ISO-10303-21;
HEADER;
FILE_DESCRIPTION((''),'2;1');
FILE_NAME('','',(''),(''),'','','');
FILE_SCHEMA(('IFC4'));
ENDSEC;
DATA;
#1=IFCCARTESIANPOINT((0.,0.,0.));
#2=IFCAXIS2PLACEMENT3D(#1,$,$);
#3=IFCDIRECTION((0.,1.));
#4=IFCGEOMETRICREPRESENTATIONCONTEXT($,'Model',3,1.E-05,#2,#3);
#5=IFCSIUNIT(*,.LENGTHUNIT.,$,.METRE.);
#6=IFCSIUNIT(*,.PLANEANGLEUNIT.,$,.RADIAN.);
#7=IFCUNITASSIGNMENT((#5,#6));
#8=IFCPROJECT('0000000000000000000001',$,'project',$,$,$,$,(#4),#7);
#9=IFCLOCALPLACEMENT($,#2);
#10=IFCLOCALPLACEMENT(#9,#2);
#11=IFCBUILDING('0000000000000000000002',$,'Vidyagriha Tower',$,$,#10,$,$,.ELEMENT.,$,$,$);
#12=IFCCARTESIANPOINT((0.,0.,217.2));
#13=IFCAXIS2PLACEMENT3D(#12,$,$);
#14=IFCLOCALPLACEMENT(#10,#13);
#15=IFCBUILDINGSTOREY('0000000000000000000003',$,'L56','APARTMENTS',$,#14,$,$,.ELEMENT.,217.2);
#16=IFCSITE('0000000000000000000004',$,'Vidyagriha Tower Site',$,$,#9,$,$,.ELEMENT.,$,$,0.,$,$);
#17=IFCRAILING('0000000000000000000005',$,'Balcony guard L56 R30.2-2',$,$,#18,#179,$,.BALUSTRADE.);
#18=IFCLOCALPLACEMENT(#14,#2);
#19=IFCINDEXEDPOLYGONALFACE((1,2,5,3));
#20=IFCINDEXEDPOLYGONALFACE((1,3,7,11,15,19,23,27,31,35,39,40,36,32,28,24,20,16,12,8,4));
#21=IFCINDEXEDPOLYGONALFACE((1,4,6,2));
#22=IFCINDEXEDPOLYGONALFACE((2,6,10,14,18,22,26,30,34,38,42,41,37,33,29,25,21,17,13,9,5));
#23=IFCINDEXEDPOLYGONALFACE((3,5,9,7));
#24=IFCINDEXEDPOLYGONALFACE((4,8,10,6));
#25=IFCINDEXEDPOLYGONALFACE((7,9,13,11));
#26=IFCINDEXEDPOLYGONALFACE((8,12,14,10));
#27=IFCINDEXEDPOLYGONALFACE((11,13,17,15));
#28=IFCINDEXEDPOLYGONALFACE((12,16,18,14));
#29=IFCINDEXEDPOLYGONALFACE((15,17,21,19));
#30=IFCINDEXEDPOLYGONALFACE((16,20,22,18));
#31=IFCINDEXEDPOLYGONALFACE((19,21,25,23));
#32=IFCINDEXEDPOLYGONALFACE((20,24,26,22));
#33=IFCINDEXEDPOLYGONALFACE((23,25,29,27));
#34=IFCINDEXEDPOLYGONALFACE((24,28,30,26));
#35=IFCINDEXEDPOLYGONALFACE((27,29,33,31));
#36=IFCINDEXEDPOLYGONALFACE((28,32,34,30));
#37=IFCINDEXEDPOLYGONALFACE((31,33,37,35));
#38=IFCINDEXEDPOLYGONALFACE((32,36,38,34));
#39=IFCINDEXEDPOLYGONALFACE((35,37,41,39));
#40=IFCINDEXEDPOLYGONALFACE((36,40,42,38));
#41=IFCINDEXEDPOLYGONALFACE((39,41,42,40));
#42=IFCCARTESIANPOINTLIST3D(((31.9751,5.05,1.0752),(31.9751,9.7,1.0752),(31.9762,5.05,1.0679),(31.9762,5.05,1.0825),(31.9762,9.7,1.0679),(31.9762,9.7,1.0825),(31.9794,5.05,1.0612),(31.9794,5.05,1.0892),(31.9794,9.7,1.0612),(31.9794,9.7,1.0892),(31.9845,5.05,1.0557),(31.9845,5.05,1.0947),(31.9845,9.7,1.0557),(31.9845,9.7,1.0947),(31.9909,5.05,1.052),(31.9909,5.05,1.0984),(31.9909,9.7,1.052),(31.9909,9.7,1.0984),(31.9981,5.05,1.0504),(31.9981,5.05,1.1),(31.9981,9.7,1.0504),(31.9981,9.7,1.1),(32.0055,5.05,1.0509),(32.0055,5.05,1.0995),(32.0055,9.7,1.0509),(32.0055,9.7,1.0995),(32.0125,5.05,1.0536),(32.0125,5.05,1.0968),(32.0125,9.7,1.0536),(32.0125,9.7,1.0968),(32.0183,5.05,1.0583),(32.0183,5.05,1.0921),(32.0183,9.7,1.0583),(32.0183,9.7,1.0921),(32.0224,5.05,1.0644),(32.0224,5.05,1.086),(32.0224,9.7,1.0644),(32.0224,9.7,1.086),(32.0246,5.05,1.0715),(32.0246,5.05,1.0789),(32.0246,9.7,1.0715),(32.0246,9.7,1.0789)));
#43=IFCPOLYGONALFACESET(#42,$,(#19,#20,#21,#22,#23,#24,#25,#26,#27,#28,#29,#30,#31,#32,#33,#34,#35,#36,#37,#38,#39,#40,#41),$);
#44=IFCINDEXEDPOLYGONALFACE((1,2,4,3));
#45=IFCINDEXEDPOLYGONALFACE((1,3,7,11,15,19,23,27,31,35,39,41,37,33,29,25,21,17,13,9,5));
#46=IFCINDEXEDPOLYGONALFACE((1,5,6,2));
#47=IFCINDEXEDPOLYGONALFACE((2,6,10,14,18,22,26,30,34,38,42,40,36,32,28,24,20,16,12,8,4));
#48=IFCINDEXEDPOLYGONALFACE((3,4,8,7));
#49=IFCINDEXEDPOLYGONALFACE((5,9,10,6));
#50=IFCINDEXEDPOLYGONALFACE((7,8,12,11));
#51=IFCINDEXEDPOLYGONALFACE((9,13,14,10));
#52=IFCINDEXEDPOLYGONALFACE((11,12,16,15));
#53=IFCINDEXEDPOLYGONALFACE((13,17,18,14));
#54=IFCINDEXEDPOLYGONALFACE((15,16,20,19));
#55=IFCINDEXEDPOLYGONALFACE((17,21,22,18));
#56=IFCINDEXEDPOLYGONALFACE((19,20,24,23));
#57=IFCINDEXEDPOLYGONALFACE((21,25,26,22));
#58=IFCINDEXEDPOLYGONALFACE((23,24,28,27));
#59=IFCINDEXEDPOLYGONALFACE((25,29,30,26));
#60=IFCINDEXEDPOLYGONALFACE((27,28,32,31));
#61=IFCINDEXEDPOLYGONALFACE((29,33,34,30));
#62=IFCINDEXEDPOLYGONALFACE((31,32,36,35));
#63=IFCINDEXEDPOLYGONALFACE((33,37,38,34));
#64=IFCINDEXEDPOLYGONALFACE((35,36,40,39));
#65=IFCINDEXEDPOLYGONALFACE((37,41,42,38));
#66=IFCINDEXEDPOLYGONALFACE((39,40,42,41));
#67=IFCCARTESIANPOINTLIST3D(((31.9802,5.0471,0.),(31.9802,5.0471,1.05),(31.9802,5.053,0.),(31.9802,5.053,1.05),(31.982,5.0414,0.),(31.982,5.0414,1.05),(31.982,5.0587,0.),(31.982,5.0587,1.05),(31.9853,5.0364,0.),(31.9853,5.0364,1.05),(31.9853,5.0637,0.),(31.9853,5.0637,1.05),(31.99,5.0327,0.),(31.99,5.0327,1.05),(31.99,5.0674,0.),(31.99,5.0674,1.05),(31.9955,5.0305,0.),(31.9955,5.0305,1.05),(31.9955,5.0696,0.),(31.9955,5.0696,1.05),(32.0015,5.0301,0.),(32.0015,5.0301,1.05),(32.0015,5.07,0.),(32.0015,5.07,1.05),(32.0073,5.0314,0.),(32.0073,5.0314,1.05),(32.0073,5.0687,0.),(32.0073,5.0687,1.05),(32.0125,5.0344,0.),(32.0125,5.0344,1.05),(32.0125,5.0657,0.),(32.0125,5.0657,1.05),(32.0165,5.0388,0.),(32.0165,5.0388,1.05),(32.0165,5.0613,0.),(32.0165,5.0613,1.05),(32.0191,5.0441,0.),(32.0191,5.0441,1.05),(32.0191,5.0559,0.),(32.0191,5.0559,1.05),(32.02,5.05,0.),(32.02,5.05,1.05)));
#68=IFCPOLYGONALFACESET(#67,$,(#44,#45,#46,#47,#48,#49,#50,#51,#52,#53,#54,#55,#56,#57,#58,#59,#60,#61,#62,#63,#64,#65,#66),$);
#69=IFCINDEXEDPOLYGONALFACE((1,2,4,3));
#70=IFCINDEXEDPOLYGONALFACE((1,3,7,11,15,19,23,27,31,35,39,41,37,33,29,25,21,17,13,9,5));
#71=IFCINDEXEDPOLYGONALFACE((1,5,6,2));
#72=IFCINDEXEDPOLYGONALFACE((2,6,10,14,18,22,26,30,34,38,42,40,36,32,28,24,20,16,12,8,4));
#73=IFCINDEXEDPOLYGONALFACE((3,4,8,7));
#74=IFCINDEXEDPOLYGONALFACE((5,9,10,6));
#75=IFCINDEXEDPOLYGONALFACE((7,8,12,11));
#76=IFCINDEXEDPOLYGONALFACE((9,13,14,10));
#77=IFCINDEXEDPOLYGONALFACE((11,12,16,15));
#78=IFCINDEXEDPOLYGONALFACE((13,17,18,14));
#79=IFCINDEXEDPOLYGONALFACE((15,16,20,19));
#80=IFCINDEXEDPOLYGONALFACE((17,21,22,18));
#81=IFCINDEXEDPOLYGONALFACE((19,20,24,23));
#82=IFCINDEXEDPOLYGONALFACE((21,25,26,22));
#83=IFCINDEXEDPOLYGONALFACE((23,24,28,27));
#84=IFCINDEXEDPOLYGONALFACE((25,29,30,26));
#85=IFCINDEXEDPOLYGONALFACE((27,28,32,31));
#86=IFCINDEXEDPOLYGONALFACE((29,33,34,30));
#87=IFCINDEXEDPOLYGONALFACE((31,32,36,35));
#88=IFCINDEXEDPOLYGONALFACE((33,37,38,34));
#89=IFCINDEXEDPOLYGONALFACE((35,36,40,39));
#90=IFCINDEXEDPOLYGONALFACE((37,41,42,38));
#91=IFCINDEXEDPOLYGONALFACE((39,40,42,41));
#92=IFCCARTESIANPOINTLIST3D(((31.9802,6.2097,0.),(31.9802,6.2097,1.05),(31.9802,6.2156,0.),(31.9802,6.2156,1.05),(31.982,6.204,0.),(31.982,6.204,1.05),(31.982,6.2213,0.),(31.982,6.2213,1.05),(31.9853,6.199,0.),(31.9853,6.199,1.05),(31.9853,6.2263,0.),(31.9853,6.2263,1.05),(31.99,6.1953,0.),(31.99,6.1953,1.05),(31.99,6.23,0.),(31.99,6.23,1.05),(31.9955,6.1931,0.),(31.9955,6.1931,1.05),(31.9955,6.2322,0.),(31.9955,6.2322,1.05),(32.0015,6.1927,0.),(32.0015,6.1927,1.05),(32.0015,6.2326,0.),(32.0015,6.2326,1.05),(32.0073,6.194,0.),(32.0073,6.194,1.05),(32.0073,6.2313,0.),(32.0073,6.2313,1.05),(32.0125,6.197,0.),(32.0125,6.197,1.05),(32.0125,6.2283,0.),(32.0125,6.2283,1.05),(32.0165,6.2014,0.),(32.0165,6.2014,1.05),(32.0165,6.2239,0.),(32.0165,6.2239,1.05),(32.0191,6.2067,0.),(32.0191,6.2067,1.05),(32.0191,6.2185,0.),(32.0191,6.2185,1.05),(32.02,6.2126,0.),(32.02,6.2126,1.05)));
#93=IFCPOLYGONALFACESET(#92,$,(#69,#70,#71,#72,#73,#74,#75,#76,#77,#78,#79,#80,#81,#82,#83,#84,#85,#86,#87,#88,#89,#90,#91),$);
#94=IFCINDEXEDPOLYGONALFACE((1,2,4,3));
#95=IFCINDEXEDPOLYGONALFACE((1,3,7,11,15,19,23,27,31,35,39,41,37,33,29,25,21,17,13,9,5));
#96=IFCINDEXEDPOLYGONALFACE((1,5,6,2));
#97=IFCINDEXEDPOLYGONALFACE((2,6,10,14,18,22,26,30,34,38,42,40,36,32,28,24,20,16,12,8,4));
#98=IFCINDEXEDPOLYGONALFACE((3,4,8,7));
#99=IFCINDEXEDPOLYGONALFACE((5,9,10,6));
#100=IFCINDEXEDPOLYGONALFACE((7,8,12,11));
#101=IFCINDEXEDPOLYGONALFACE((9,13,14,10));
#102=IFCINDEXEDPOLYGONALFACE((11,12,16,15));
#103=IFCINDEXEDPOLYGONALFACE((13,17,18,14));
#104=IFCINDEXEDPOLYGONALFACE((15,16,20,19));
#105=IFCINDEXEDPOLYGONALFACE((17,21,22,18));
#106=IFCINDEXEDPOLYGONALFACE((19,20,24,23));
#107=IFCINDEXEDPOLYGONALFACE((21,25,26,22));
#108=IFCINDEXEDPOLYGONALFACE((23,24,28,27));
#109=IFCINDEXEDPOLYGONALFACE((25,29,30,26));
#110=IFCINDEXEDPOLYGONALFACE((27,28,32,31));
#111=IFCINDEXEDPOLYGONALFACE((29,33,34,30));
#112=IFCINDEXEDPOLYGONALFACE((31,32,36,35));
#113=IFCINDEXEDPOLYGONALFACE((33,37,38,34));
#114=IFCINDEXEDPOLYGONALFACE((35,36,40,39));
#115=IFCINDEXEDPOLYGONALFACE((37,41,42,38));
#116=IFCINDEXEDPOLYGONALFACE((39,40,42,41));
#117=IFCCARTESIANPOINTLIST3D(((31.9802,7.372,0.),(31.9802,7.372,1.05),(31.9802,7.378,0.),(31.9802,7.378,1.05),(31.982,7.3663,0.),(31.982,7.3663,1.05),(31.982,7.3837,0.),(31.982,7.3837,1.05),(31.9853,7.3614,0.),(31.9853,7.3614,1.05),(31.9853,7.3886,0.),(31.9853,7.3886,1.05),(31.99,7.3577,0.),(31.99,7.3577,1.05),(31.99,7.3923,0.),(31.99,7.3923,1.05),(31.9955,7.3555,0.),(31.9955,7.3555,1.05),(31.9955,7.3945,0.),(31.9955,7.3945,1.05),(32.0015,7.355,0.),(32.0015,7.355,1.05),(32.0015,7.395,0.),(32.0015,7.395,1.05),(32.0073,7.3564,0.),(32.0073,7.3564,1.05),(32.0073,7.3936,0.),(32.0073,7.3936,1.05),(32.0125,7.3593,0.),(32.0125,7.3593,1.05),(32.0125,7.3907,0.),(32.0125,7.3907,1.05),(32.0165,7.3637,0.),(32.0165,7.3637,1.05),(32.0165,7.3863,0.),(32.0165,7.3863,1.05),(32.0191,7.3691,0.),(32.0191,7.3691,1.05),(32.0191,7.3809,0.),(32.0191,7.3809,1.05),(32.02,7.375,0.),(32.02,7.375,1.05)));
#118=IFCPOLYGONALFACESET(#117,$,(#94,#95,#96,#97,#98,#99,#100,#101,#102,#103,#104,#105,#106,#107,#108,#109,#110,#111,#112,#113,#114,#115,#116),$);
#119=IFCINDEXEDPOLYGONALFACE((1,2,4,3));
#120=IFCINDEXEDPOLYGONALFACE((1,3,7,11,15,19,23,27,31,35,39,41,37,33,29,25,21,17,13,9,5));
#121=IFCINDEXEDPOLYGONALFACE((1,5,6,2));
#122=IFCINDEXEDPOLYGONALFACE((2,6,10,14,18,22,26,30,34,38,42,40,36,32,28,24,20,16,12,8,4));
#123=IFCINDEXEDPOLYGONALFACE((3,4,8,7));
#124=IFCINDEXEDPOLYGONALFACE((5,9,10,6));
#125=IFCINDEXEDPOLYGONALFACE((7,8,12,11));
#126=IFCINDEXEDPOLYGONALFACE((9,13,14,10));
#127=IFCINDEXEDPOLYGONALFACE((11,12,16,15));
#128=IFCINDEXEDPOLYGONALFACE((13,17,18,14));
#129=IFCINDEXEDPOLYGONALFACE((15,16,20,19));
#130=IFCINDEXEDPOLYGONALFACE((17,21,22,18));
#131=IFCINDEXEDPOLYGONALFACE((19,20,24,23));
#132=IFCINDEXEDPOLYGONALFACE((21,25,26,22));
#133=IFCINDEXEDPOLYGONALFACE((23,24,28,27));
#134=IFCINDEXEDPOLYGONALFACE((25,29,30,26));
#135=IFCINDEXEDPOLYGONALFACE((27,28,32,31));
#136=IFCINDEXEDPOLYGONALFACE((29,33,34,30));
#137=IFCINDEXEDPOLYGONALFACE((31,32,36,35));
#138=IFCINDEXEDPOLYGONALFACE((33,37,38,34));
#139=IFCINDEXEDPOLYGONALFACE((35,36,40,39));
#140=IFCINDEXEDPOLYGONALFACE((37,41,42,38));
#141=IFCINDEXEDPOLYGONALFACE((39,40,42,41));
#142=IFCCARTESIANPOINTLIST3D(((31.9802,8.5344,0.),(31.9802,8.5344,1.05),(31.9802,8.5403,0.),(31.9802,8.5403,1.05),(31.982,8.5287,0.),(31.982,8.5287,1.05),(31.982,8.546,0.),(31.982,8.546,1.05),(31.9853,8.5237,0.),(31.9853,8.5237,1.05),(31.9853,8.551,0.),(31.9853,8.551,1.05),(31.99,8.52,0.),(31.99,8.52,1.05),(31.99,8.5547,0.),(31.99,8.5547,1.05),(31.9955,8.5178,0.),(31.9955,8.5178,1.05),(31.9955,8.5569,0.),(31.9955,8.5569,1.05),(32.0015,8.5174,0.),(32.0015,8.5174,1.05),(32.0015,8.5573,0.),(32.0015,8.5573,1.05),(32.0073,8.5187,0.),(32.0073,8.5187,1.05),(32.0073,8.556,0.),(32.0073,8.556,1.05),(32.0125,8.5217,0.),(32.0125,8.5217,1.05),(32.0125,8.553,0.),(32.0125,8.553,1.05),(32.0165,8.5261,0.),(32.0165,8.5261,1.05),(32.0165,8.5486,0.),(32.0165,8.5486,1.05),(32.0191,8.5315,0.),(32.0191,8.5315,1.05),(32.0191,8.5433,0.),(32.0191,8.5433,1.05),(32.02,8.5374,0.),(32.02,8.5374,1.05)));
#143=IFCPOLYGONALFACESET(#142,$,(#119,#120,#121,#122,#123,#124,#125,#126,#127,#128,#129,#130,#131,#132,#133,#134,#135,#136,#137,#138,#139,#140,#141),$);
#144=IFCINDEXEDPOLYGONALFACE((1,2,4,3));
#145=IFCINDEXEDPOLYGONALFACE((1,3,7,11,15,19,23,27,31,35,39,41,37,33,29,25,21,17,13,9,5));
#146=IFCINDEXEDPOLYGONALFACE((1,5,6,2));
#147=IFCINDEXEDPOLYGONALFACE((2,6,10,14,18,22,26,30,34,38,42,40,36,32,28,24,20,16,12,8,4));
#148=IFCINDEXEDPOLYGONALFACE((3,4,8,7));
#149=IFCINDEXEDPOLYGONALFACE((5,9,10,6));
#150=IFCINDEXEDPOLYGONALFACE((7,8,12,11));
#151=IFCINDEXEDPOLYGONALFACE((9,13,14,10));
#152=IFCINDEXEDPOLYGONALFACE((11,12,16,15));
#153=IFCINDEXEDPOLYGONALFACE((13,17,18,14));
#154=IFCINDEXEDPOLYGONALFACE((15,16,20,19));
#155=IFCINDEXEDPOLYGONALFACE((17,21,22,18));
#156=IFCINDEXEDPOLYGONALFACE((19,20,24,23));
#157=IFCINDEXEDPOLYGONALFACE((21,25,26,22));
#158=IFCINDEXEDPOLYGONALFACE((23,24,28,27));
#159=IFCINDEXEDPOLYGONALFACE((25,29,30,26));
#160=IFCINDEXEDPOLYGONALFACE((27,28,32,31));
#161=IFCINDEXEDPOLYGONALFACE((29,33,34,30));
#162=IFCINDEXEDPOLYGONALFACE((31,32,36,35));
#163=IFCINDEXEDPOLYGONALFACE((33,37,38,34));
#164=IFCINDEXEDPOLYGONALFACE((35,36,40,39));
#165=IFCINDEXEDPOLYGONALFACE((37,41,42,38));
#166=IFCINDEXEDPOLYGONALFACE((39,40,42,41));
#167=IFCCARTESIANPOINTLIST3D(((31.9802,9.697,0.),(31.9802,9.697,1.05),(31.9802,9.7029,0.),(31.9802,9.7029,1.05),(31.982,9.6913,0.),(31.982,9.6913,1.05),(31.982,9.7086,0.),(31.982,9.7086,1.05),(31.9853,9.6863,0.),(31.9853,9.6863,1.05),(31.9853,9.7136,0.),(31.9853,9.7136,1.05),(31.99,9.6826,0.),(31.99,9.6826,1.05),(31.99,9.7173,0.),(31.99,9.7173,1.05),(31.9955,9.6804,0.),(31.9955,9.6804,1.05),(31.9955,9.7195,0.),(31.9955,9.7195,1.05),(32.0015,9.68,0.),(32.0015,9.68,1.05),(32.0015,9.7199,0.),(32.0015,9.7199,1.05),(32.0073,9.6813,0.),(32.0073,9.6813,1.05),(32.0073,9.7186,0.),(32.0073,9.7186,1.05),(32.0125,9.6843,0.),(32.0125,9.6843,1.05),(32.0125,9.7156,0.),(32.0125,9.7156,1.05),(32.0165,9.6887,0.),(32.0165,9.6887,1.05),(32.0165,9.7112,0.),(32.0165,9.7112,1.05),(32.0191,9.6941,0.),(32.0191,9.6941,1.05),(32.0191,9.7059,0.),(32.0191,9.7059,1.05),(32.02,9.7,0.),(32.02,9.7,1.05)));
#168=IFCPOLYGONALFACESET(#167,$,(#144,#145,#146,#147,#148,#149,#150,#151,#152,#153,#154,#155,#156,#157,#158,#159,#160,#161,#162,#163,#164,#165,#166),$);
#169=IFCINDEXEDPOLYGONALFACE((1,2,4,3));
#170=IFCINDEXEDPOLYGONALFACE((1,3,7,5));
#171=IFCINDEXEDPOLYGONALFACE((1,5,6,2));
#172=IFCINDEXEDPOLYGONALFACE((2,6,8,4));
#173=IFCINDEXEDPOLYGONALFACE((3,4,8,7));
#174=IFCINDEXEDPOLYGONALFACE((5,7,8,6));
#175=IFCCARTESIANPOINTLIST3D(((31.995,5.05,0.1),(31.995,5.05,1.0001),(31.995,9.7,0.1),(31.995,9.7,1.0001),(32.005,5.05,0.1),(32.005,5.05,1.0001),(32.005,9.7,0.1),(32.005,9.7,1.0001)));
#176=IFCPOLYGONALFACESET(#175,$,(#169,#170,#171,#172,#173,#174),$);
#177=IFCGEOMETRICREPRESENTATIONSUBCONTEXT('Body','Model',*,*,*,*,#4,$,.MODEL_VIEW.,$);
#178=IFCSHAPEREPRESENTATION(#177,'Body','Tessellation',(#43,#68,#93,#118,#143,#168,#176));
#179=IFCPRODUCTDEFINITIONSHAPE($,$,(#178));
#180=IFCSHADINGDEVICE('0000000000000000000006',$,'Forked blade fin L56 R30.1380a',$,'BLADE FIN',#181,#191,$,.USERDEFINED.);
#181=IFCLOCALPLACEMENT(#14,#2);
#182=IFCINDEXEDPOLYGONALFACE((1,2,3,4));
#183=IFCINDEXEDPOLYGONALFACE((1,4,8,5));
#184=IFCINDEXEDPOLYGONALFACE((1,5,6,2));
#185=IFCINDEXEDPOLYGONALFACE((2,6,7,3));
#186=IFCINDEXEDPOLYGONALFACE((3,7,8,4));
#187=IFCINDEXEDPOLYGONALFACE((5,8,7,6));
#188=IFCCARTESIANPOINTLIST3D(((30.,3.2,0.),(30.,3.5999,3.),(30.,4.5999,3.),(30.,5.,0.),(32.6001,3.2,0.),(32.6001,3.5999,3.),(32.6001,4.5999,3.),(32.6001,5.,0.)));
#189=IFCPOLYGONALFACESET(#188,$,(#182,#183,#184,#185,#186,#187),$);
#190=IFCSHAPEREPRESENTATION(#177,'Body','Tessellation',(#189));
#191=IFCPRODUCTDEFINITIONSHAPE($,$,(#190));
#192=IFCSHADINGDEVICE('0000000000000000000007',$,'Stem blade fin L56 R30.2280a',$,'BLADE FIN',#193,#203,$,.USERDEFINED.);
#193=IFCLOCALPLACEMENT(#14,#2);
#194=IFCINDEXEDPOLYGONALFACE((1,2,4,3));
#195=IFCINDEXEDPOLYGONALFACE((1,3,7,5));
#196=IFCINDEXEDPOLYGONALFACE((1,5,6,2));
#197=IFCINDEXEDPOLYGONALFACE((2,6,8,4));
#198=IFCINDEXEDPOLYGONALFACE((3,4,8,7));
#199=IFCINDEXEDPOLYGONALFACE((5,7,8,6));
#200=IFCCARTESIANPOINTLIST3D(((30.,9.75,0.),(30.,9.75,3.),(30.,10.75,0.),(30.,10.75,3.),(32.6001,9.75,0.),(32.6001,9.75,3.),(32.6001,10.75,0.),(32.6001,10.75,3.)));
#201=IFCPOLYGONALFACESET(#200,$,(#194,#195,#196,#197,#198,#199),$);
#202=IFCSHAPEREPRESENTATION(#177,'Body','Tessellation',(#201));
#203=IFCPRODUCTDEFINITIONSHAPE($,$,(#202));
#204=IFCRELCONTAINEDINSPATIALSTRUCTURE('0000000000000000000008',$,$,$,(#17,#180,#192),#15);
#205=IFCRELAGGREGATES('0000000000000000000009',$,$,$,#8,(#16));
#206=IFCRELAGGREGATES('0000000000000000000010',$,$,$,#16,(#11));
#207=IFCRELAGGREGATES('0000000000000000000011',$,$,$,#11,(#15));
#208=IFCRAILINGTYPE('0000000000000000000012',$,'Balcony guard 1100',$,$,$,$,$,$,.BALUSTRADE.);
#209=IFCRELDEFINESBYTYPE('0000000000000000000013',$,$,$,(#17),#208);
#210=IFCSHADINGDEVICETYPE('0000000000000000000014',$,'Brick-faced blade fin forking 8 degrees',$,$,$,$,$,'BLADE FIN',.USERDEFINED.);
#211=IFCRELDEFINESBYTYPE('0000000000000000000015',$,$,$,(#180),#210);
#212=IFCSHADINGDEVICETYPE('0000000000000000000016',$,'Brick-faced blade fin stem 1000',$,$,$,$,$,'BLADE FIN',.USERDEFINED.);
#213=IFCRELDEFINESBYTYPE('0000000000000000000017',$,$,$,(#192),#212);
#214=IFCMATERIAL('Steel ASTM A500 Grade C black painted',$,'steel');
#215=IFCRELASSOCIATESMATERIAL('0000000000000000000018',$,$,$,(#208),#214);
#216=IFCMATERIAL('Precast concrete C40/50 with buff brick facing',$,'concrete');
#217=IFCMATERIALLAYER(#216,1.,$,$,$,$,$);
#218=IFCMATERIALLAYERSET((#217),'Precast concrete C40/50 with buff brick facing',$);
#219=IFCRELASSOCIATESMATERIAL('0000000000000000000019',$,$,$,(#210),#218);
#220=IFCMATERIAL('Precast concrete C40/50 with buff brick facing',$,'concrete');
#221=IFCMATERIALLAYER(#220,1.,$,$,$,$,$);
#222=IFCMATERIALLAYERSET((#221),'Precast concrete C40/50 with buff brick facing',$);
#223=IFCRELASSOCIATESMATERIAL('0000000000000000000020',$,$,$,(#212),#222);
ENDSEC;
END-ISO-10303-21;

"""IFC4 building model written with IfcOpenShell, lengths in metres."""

from ifc_helpers import new_model, si_unit, direction, frame, origin, origin_2d, place, context, subcontext, project, spatial, polyline, rectangle, circle, outline, extrude, material, layer, layer_set, type_object, element, save


model = new_model("IFC4")

# Units and contexts
model_context = context("Model", 3, precision=1e-05, world=origin(), true_north=direction((0.0, 1.0)))
body_context = subcontext(model_context, "Body", "Model", "MODEL_VIEW")
ifc_project = project(units=[si_unit("LENGTHUNIT", "METRE"), si_unit("PLANEANGLEUNIT", "RADIAN")], contexts=[model_context])

# Site, building, storey
site_placement = place(None, origin())
site = spatial("IfcSite", under=ifc_project, at=site_placement, Name="Vidyagriha Tower Site", CompositionType="ELEMENT", RefElevation=0.0)
building_placement = place(site_placement, origin())
building = spatial("IfcBuilding", under=site, at=building_placement, Name="Vidyagriha Tower", CompositionType="ELEMENT")
storey_placement = place(building_placement, frame((0.0, 0.0, 217.2)))
storey = spatial("IfcBuildingStorey", under=building, at=storey_placement, Name="L56", Description="APARTMENTS", CompositionType="ELEMENT", Elevation=217.2)

# Railing
ifc_material_1 = material(Name="Steel ASTM A500 Grade C black painted", Category="steel")
railing_type_1 = type_object("IfcRailingType", Name="Balcony guard 1100", PredefinedType="BALUSTRADE", material=ifc_material_1)
railing_1_placement = place(storey_placement, frame((32.0, 5.05, 0.0)))
element("IfcRailing", 1, at=railing_1_placement, inside=storey, type_object=railing_type_1, Name="Balcony guard L56 R30.2-2", PredefinedType="BALUSTRADE", context=body_context, shape_type="SweptSolid", body=[
    extrude(circle(Radius=0.0249, at=origin_2d()), frame((0.0, 0.0, 1.0752), z_axis=(0.0, 1.0, 0.0), x_axis=(-1.0, 0.0, 0.0)), (0.0, 0.0, 1.0), 4.6499),
    extrude(circle(Radius=0.02, at=origin_2d()), origin(), (0.0, 0.0, 1.0), 1.05),
    extrude(circle(Radius=0.02, at=origin_2d()), frame((0.0, 1.1626, 0.0)), (0.0, 0.0, 1.0), 1.05),
    extrude(circle(Radius=0.02, at=origin_2d()), frame((0.0, 2.325, 0.0)), (0.0, 0.0, 1.0), 1.05),
    extrude(circle(Radius=0.02, at=origin_2d()), frame((0.0, 3.4873, 0.0)), (0.0, 0.0, 1.0), 1.05),
    extrude(circle(Radius=0.02, at=origin_2d()), frame((0.0, 4.6499, 0.0)), (0.0, 0.0, 1.0), 1.05),
    extrude(rectangle(XDim=0.01, YDim=0.9001, at=origin_2d()), frame((0.0, 0.0, 0.55), z_axis=(0.0, 1.0, 0.0), x_axis=(-1.0, 0.0, 0.0)), (0.0, 0.0, 1.0), 4.6499),
])

# Shading devices
ifc_material_2 = material(Name="Precast concrete C40/50 with buff brick facing", Category="concrete")
ifc_layer_1 = layer(ifc_material_2, 1.0)
ifc_layer_set_1 = layer_set([ifc_layer_1], Name="Precast concrete C40/50 with buff brick facing")
shading_device_type_1 = type_object("IfcShadingDeviceType", Name="Brick-faced blade fin forking 8 degrees", ElementType="BLADE FIN", PredefinedType="USERDEFINED", material=ifc_layer_set_1)
shading_device_1_placement = place(storey_placement, frame((31.3, 3.2, 0.0), z_axis=(0.0, 0.0, 1.0), x_axis=(0.0, 1.0, 0.0)))
element("IfcShadingDevice", 2, at=shading_device_1_placement, inside=storey, type_object=shading_device_type_1, Name="Forked blade fin L56 R30.1380a", ObjectType="BLADE FIN", PredefinedType="USERDEFINED", context=body_context, shape_type="SweptSolid", body=[
    extrude(outline(polyline([(0.0, 0.0), (1.8, 0.0), (1.3999, 3.0), (0.3999, 3.0), (0.0, 0.0)])), frame((0.0, 1.3, 0.0), z_axis=(0.0, -1.0, 0.0), x_axis=(1.0, 0.0, 0.0)), (0.0, 0.0, 1.0), 2.6001),
])
ifc_material_3 = material(Name="Precast concrete C40/50 with buff brick facing", Category="concrete")
ifc_layer_2 = layer(ifc_material_3, 1.0)
ifc_layer_set_2 = layer_set([ifc_layer_2], Name="Precast concrete C40/50 with buff brick facing")
shading_device_type_2 = type_object("IfcShadingDeviceType", Name="Brick-faced blade fin stem 1000", ElementType="BLADE FIN", PredefinedType="USERDEFINED", material=ifc_layer_set_2)
shading_device_2_placement = place(storey_placement, frame((31.3, 9.75, 0.0), z_axis=(0.0, 0.0, 1.0), x_axis=(0.0, 1.0, 0.0)))
element("IfcShadingDevice", 3, at=shading_device_2_placement, inside=storey, type_object=shading_device_type_2, Name="Stem blade fin L56 R30.2280a", ObjectType="BLADE FIN", PredefinedType="USERDEFINED", context=body_context, shape_type="SweptSolid", body=[
    extrude(outline(polyline([(0.0, 0.0), (1.0, 0.0), (1.0, 3.0), (0.0, 3.0), (0.0, 0.0)])), frame((0.0, 1.3, 0.0), z_axis=(0.0, -1.0, 0.0), x_axis=(1.0, 0.0, 0.0)), (0.0, 0.0, 1.0), 2.6001),
])

save(model, "model.ifc")
